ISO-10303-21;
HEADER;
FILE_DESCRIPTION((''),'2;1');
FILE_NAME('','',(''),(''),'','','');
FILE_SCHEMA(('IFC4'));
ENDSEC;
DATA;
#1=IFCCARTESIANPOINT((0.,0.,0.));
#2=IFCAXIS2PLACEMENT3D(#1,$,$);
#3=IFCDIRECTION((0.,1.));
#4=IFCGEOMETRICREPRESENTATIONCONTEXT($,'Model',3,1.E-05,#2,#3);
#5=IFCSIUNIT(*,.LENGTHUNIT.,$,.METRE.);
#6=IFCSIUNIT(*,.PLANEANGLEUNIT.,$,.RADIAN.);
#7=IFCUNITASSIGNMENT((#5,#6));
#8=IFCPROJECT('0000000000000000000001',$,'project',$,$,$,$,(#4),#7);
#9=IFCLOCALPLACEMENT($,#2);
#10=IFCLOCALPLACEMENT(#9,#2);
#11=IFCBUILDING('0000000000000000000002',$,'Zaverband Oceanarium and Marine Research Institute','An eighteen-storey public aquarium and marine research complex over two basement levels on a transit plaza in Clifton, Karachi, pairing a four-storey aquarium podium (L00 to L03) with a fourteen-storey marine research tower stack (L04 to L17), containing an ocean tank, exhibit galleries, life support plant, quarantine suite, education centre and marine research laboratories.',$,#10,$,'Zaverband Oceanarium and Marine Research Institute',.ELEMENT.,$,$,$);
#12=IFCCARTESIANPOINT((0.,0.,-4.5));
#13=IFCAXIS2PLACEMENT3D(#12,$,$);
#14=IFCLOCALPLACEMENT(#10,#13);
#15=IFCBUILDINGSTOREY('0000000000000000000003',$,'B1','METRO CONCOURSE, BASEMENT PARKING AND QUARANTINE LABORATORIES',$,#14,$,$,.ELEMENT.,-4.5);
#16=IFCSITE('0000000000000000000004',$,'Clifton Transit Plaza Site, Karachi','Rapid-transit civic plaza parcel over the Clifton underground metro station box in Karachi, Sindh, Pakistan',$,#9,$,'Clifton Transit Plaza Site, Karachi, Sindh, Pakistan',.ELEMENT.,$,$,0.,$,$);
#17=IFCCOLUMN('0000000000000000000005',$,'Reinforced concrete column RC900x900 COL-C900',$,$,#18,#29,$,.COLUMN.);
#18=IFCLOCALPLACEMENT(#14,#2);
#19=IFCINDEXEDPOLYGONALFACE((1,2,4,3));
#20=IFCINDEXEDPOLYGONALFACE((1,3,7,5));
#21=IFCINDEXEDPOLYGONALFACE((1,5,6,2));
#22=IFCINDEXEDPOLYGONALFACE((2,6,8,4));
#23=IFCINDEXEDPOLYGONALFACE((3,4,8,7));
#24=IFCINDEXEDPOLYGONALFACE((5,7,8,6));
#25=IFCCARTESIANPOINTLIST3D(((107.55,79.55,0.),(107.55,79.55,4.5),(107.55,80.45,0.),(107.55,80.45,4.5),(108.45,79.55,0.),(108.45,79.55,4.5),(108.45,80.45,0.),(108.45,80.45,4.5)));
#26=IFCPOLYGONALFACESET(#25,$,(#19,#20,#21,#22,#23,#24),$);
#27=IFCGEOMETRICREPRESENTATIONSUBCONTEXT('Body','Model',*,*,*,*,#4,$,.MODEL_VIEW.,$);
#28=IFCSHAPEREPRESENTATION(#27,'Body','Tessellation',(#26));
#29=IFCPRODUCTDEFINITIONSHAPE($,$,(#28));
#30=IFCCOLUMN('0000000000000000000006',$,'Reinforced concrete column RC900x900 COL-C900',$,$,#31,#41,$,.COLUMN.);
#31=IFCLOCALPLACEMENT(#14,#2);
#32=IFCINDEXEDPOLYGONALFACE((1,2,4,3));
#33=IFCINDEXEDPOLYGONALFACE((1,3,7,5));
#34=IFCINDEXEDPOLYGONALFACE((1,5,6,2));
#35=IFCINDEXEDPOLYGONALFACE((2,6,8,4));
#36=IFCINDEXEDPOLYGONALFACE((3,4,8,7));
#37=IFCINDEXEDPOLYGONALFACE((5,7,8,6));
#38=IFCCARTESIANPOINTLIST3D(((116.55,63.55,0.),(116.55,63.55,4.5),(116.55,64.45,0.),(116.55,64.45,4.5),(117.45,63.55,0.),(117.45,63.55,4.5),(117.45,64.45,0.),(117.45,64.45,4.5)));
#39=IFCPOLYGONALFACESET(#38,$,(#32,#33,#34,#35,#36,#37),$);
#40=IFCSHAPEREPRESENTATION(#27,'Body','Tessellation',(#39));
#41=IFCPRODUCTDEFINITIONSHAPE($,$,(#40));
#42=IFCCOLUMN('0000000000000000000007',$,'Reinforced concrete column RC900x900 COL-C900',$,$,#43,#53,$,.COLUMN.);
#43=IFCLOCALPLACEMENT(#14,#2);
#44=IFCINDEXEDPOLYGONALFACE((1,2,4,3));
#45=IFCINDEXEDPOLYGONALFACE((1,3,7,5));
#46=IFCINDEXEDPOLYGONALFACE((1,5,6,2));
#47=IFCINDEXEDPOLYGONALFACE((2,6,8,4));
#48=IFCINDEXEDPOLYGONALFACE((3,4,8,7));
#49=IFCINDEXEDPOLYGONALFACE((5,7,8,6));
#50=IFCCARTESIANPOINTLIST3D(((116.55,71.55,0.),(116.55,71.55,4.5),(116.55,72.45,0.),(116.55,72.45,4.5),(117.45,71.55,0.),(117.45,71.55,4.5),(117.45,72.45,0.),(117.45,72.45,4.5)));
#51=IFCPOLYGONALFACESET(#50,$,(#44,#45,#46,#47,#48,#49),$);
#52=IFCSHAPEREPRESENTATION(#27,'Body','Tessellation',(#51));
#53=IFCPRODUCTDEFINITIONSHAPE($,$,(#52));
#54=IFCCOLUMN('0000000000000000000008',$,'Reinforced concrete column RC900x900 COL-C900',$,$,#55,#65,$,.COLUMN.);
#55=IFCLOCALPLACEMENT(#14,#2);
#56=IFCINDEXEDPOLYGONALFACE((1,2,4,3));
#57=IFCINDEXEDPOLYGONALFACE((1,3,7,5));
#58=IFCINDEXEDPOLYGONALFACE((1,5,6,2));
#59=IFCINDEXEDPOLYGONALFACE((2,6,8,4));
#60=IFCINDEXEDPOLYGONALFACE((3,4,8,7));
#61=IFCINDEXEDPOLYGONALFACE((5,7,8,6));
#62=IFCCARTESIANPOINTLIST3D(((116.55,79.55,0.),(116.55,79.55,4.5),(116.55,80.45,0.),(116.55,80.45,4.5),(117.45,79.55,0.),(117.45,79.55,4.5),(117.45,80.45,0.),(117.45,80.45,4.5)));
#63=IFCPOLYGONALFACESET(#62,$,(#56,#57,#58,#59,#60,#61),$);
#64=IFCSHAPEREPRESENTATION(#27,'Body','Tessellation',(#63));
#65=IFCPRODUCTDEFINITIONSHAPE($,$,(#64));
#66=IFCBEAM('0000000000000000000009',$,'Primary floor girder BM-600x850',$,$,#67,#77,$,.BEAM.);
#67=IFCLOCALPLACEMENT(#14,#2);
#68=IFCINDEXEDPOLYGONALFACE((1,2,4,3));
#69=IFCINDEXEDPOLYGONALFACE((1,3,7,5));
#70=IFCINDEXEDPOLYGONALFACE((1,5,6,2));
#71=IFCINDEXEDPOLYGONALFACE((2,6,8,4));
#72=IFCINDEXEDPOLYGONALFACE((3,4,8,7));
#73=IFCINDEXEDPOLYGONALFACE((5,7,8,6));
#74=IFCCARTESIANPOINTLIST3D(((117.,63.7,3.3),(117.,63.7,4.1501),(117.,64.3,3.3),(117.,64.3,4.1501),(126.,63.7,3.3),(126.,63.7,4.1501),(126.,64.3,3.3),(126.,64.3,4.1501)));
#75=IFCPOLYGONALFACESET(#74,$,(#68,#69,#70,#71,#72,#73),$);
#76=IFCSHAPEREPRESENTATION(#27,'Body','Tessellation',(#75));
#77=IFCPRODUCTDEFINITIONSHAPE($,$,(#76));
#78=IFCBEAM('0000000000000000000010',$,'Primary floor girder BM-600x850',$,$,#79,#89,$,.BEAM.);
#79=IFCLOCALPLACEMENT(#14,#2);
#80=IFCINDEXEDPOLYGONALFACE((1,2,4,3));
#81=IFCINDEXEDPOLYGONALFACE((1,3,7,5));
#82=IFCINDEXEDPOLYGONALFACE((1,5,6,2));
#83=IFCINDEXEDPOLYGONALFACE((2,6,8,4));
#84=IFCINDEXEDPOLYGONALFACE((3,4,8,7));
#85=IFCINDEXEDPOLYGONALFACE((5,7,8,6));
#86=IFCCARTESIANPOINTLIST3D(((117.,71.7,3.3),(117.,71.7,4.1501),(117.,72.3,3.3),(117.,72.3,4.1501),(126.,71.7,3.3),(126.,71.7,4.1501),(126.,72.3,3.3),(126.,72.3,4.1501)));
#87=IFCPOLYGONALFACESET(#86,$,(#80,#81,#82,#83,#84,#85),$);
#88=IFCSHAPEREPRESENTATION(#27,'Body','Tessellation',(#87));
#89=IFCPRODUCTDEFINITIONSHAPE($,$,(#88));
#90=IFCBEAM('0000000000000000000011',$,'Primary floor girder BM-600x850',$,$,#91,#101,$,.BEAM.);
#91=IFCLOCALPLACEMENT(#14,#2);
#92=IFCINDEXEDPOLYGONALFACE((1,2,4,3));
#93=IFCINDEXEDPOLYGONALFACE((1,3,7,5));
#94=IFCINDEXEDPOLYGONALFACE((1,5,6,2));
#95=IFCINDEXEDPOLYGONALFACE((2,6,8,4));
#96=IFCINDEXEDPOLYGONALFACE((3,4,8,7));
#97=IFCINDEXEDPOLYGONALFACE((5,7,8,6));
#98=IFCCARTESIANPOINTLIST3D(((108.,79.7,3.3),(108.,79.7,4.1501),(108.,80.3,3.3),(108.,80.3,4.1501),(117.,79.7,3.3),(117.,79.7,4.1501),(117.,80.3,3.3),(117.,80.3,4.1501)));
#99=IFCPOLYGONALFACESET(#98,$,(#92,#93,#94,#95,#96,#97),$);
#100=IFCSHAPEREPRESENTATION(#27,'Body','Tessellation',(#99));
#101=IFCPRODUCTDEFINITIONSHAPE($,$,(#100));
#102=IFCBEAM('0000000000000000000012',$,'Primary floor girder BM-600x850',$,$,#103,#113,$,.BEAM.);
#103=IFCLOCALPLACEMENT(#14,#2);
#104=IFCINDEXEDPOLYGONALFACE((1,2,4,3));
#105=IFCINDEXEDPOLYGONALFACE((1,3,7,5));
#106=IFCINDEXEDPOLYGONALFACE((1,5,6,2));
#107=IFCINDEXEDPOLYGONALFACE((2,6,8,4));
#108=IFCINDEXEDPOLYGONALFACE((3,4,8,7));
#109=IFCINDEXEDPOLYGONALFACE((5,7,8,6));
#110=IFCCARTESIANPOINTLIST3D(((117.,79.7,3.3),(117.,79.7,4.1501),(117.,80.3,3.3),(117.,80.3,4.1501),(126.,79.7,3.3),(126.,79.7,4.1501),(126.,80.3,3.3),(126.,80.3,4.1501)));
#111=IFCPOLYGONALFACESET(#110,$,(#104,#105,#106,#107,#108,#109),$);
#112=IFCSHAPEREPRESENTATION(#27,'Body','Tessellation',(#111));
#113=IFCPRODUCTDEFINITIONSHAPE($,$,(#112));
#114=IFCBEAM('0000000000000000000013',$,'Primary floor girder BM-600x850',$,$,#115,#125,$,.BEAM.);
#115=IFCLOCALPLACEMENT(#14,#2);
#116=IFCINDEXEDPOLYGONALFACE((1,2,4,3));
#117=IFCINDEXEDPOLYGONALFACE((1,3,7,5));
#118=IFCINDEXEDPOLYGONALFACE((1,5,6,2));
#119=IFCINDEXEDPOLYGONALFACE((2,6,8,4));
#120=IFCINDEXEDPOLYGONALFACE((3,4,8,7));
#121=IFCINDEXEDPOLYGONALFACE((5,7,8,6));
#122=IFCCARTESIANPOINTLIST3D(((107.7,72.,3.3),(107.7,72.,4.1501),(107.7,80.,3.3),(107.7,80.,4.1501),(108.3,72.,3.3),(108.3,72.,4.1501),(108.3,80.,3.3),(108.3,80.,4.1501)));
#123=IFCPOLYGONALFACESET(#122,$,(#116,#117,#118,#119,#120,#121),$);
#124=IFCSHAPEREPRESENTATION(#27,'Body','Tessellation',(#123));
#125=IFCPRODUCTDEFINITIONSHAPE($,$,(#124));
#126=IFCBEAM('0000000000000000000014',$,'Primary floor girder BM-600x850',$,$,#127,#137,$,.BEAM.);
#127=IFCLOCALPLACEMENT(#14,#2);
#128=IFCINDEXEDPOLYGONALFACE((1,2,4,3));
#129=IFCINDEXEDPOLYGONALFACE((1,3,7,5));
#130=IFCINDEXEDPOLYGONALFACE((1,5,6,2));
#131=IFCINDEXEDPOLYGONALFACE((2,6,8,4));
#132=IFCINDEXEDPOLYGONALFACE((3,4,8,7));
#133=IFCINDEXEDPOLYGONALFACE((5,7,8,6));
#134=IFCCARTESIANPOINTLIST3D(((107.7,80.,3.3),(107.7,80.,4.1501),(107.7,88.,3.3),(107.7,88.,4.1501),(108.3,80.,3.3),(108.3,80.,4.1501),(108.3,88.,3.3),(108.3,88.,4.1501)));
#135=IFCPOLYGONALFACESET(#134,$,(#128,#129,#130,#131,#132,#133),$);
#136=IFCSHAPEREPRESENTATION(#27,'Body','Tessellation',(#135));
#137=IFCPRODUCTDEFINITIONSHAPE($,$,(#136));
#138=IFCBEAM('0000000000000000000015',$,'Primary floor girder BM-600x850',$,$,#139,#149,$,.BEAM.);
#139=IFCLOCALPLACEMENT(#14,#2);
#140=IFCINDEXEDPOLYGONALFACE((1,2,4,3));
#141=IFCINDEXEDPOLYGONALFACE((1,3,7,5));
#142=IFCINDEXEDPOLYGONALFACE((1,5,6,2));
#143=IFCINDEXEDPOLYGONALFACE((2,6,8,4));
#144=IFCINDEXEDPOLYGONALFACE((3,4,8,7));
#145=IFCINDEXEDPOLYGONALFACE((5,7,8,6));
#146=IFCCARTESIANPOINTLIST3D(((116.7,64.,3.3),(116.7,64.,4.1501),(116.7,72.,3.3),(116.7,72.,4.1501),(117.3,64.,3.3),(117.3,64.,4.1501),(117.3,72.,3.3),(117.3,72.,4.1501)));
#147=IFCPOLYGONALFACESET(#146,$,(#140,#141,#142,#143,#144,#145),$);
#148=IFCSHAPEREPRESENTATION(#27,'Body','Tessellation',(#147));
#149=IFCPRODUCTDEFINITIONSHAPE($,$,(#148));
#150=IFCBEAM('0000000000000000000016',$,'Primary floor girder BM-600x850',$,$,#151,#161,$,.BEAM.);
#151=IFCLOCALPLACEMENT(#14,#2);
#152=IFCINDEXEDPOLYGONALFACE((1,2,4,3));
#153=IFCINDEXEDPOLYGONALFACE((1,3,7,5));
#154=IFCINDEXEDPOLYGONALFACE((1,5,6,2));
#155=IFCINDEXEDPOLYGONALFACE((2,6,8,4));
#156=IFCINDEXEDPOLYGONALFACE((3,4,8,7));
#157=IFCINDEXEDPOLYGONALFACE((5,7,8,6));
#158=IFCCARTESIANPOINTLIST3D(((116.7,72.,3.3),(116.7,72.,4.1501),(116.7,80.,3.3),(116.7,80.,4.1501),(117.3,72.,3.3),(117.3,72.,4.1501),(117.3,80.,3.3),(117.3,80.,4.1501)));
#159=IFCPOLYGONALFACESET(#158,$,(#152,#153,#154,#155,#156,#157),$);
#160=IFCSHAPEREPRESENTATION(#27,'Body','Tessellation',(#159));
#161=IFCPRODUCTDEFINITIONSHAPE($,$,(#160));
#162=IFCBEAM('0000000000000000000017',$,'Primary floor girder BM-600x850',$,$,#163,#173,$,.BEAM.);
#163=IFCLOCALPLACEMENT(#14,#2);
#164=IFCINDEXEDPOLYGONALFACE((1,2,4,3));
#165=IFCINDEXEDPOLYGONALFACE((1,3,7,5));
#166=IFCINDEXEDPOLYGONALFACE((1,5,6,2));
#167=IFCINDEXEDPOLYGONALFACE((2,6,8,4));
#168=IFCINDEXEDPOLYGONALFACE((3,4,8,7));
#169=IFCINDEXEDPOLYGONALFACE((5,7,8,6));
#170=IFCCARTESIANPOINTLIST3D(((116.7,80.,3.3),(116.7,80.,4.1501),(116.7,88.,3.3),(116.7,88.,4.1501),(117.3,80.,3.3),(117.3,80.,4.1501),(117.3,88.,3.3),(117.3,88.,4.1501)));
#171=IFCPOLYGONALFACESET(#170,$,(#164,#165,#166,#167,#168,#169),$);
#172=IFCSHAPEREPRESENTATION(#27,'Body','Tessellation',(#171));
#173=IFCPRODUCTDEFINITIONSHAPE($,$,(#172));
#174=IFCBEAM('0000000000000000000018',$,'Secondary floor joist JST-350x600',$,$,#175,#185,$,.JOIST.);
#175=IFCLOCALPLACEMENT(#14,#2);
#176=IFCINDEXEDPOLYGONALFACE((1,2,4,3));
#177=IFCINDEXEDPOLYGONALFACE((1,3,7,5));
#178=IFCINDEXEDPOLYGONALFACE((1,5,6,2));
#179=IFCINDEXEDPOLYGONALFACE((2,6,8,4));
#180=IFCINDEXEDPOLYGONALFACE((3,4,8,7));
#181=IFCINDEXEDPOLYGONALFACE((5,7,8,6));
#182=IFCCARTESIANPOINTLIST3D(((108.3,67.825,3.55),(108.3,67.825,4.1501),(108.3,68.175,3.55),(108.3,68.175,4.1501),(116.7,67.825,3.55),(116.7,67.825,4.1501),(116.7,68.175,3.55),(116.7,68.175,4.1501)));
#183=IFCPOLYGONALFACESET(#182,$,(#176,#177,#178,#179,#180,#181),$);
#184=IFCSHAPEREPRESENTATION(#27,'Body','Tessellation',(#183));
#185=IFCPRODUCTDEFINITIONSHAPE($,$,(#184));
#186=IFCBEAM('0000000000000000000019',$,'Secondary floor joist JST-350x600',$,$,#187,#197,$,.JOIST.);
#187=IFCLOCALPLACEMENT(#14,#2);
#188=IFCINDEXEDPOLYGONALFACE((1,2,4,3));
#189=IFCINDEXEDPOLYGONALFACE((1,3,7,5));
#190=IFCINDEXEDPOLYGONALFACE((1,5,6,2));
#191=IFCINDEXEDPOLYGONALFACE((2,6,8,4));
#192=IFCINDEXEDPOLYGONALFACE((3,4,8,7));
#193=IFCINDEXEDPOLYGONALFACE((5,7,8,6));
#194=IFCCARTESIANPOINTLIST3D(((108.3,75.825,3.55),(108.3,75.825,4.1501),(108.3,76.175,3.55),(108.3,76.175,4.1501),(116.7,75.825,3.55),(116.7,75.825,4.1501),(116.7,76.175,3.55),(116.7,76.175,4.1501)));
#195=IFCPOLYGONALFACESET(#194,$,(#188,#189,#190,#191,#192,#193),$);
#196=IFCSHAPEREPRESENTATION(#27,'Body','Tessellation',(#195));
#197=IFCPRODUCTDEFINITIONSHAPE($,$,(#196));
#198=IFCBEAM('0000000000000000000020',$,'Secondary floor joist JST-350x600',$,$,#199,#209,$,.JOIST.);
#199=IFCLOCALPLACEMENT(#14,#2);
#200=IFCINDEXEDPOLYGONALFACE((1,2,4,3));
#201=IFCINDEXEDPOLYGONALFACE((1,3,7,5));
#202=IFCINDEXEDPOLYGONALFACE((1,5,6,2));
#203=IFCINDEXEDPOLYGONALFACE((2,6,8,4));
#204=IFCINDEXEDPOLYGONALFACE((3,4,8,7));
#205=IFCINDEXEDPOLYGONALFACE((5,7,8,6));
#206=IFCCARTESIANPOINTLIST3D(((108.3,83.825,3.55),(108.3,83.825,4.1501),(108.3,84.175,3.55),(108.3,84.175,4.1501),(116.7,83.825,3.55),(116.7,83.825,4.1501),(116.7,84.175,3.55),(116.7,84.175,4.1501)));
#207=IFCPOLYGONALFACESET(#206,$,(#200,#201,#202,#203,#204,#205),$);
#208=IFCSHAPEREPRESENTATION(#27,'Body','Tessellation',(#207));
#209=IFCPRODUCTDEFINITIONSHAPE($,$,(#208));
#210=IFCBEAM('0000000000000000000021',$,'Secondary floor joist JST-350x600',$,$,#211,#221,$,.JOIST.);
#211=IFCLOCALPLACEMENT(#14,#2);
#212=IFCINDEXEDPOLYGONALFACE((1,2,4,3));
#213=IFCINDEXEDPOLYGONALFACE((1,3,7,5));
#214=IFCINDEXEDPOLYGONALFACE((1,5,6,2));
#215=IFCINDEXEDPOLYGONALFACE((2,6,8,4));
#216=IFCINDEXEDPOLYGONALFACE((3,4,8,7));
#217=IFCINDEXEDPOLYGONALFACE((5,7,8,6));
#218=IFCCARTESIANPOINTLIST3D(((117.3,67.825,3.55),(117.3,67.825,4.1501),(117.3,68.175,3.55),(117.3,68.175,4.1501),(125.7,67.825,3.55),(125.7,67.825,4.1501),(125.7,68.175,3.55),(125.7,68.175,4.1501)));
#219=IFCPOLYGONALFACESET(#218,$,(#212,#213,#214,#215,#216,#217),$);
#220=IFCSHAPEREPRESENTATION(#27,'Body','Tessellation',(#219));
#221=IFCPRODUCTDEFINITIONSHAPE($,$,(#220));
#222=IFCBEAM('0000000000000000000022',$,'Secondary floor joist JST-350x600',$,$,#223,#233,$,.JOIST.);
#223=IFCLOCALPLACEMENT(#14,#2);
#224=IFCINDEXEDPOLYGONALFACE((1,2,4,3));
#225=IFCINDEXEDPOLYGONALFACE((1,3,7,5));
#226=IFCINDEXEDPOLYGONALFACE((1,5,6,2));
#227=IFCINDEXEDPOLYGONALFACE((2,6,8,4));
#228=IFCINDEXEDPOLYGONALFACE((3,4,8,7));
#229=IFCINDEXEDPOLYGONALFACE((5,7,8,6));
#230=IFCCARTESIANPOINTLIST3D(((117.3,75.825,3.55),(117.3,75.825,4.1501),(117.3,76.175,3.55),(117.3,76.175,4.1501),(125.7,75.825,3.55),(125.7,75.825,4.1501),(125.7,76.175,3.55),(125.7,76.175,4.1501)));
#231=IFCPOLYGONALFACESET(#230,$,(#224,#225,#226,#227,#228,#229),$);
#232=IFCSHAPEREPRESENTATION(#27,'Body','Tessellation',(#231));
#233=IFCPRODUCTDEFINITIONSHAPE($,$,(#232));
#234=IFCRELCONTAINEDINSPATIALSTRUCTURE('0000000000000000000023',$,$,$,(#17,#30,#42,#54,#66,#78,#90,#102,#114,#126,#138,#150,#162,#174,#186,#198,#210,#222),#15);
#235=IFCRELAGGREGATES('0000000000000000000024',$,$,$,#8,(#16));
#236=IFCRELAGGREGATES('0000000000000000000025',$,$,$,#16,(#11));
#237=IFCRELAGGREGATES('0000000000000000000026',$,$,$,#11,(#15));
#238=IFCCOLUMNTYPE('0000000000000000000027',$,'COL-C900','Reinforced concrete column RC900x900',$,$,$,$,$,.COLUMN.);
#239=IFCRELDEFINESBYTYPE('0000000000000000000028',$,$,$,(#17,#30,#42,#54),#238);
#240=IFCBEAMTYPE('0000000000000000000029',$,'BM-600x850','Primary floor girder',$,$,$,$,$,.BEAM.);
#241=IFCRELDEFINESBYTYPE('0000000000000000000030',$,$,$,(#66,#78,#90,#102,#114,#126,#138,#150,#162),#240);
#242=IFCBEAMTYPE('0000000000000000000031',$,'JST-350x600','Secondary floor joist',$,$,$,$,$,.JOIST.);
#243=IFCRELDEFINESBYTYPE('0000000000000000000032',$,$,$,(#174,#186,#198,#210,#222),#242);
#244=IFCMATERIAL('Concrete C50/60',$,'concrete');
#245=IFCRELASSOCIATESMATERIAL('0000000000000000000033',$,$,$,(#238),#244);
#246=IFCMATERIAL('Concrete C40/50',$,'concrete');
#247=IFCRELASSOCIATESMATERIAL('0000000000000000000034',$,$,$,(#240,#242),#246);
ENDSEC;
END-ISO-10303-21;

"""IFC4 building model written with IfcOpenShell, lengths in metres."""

from ifc_helpers import new_model, si_unit, direction, frame, origin, origin_2d, place, context, subcontext, project, spatial, rectangle, extrude, material, material_profile, profile_set, type_object, element, save


model = new_model("IFC4")

# Units and contexts
model_context = context("Model", 3, precision=1e-05, world=origin(), true_north=direction((0.0, 1.0)))
body_context = subcontext(model_context, "Body", "Model", "MODEL_VIEW")
ifc_project = project(units=[si_unit("LENGTHUNIT", "METRE"), si_unit("PLANEANGLEUNIT", "RADIAN")], contexts=[model_context])

# Site, building, storey
site_placement = place(None, origin())
site = spatial("IfcSite", under=ifc_project, at=site_placement, Name="Clifton Transit Plaza Site, Karachi", Description="Rapid-transit civic plaza parcel over the Clifton underground metro station box in Karachi, Sindh, Pakistan", LongName="Clifton Transit Plaza Site, Karachi, Sindh, Pakistan", CompositionType="ELEMENT", RefElevation=0.0)
building_placement = place(site_placement, origin())
building = spatial("IfcBuilding", under=site, at=building_placement, Name="Zaverband Oceanarium and Marine Research Institute", Description="An eighteen-storey public aquarium and marine research complex over two basement levels on a transit plaza in Clifton, Karachi, pairing a four-storey aquarium podium (L00 to L03) with a fourteen-storey marine research tower stack (L04 to L17), containing an ocean tank, exhibit galleries, life support plant, quarantine suite, education centre and marine research laboratories.", LongName="Zaverband Oceanarium and Marine Research Institute", CompositionType="ELEMENT")
storey_placement = place(building_placement, frame((0.0, 0.0, -4.5)))
storey = spatial("IfcBuildingStorey", under=building, at=storey_placement, Name="B1", Description="METRO CONCOURSE, BASEMENT PARKING AND QUARANTINE LABORATORIES", CompositionType="ELEMENT", Elevation=-4.5)

# Columns
ifc_material_1 = material(Name="Concrete C50/60", Category="concrete")
ifc_material_profile_1 = material_profile(ifc_material_1, rectangle(XDim=0.8999, YDim=0.8999, at=origin_2d()), Name="RC900x900")
ifc_profile_set_1 = profile_set([ifc_material_profile_1], Name="Concrete C50/60")
column_type = type_object("IfcColumnType", Name="COL-C900", Description="Reinforced concrete column RC900x900", PredefinedType="COLUMN", material=ifc_profile_set_1)
for number, where, z_axis, x_axis, name in (
    (1, (108.0, 80.0, 0.0), (0.0, 0.0, 1.0), (1.0, 0.0, 0.0), "Reinforced concrete column RC900x900 COL-C900"),
    (2, (117.0, 64.0, 0.0), (0.0, 0.0, 1.0), (1.0, 0.0, 0.0), "Reinforced concrete column RC900x900 COL-C900"),
    (3, (117.0, 72.0, 0.0), (0.0, 0.0, 1.0), (1.0, 0.0, 0.0), "Reinforced concrete column RC900x900 COL-C900"),
    (4, (117.0, 80.0, 0.0), (0.0, 0.0, 1.0), (1.0, 0.0, 0.0), "Reinforced concrete column RC900x900 COL-C900"),
):
    element("IfcColumn", number, at=place(storey_placement, frame(where, z_axis=z_axis, x_axis=x_axis)), inside=storey, type_object=column_type, Name=name, PredefinedType="COLUMN", context=body_context, shape_type="SweptSolid", body=[
        extrude(rectangle(XDim=0.8999, YDim=0.8999, at=origin_2d()), origin(), (0.0, 0.0, 1.0), 4.5),
    ])

# Beams
ifc_material_2 = material(Name="Concrete C40/50", Category="concrete")
ifc_material_profile_2 = material_profile(ifc_material_2, rectangle(XDim=0.6001, YDim=0.8501, at=origin_2d()), Name="RC600x850")
ifc_profile_set_2 = profile_set([ifc_material_profile_2], Name="Concrete C40/50")
beam_type_1 = type_object("IfcBeamType", Name="BM-600x850", Description="Primary floor girder", PredefinedType="BEAM", material=ifc_profile_set_2)
for number, where, z_axis, x_axis, name in (
    (5, (117.0, 64.0, 3.7251), (1.0, 0.0, 0.0), (0.0, 1.0, 0.0), "Primary floor girder BM-600x850"),
    (6, (117.0, 72.0, 3.7251), (1.0, 0.0, 0.0), (0.0, 1.0, 0.0), "Primary floor girder BM-600x850"),
    (7, (108.0, 80.0, 3.7251), (1.0, 0.0, 0.0), (0.0, 1.0, 0.0), "Primary floor girder BM-600x850"),
    (8, (117.0, 80.0, 3.7251), (1.0, 0.0, 0.0), (0.0, 1.0, 0.0), "Primary floor girder BM-600x850"),
):
    element("IfcBeam", number, at=place(storey_placement, frame(where, z_axis=z_axis, x_axis=x_axis)), inside=storey, type_object=beam_type_1, Name=name, PredefinedType="BEAM", context=body_context, shape_type="SweptSolid", body=[
        extrude(rectangle(XDim=0.6001, YDim=0.8501, at=origin_2d()), origin(), (0.0, 0.0, 1.0), 9.0),
    ])
for number, where, z_axis, x_axis, name in (
    (9, (108.0, 72.0, 3.7251), (0.0, 1.0, 0.0), (-1.0, 0.0, 0.0), "Primary floor girder BM-600x850"),
    (10, (108.0, 80.0, 3.7251), (0.0, 1.0, 0.0), (-1.0, 0.0, 0.0), "Primary floor girder BM-600x850"),
    (11, (117.0, 64.0, 3.7251), (0.0, 1.0, 0.0), (-1.0, 0.0, 0.0), "Primary floor girder BM-600x850"),
    (12, (117.0, 72.0, 3.7251), (0.0, 1.0, 0.0), (-1.0, 0.0, 0.0), "Primary floor girder BM-600x850"),
    (13, (117.0, 80.0, 3.7251), (0.0, 1.0, 0.0), (-1.0, 0.0, 0.0), "Primary floor girder BM-600x850"),
):
    element("IfcBeam", number, at=place(storey_placement, frame(where, z_axis=z_axis, x_axis=x_axis)), inside=storey, type_object=beam_type_1, Name=name, PredefinedType="BEAM", context=body_context, shape_type="SweptSolid", body=[
        extrude(rectangle(XDim=0.6001, YDim=0.8501, at=origin_2d()), origin(), (0.0, 0.0, 1.0), 8.0),
    ])
ifc_material_profile_3 = material_profile(ifc_material_2, rectangle(XDim=0.3501, YDim=0.6001, at=origin_2d()), Name="RC350x600")
ifc_profile_set_3 = profile_set([ifc_material_profile_3], Name="Concrete C40/50")
beam_type_2 = type_object("IfcBeamType", Name="JST-350x600", Description="Secondary floor joist", PredefinedType="JOIST", material=ifc_profile_set_3)
for number, where, z_axis, x_axis, name in (
    (14, (108.3, 68.0, 3.8501), (1.0, 0.0, 0.0), (0.0, 1.0, 0.0), "Secondary floor joist JST-350x600"),
    (15, (108.3, 76.0, 3.8501), (1.0, 0.0, 0.0), (0.0, 1.0, 0.0), "Secondary floor joist JST-350x600"),
    (16, (108.3, 84.0, 3.8501), (1.0, 0.0, 0.0), (0.0, 1.0, 0.0), "Secondary floor joist JST-350x600"),
    (17, (117.3, 68.0, 3.8501), (1.0, 0.0, 0.0), (0.0, 1.0, 0.0), "Secondary floor joist JST-350x600"),
    (18, (117.3, 76.0, 3.8501), (1.0, 0.0, 0.0), (0.0, 1.0, 0.0), "Secondary floor joist JST-350x600"),
):
    element("IfcBeam", number, at=place(storey_placement, frame(where, z_axis=z_axis, x_axis=x_axis)), inside=storey, type_object=beam_type_2, Name=name, PredefinedType="JOIST", context=body_context, shape_type="SweptSolid", body=[
        extrude(rectangle(XDim=0.3501, YDim=0.6001, at=origin_2d()), origin(), (0.0, 0.0, 1.0), 8.3999),
    ])

save(model, "model.ifc")
